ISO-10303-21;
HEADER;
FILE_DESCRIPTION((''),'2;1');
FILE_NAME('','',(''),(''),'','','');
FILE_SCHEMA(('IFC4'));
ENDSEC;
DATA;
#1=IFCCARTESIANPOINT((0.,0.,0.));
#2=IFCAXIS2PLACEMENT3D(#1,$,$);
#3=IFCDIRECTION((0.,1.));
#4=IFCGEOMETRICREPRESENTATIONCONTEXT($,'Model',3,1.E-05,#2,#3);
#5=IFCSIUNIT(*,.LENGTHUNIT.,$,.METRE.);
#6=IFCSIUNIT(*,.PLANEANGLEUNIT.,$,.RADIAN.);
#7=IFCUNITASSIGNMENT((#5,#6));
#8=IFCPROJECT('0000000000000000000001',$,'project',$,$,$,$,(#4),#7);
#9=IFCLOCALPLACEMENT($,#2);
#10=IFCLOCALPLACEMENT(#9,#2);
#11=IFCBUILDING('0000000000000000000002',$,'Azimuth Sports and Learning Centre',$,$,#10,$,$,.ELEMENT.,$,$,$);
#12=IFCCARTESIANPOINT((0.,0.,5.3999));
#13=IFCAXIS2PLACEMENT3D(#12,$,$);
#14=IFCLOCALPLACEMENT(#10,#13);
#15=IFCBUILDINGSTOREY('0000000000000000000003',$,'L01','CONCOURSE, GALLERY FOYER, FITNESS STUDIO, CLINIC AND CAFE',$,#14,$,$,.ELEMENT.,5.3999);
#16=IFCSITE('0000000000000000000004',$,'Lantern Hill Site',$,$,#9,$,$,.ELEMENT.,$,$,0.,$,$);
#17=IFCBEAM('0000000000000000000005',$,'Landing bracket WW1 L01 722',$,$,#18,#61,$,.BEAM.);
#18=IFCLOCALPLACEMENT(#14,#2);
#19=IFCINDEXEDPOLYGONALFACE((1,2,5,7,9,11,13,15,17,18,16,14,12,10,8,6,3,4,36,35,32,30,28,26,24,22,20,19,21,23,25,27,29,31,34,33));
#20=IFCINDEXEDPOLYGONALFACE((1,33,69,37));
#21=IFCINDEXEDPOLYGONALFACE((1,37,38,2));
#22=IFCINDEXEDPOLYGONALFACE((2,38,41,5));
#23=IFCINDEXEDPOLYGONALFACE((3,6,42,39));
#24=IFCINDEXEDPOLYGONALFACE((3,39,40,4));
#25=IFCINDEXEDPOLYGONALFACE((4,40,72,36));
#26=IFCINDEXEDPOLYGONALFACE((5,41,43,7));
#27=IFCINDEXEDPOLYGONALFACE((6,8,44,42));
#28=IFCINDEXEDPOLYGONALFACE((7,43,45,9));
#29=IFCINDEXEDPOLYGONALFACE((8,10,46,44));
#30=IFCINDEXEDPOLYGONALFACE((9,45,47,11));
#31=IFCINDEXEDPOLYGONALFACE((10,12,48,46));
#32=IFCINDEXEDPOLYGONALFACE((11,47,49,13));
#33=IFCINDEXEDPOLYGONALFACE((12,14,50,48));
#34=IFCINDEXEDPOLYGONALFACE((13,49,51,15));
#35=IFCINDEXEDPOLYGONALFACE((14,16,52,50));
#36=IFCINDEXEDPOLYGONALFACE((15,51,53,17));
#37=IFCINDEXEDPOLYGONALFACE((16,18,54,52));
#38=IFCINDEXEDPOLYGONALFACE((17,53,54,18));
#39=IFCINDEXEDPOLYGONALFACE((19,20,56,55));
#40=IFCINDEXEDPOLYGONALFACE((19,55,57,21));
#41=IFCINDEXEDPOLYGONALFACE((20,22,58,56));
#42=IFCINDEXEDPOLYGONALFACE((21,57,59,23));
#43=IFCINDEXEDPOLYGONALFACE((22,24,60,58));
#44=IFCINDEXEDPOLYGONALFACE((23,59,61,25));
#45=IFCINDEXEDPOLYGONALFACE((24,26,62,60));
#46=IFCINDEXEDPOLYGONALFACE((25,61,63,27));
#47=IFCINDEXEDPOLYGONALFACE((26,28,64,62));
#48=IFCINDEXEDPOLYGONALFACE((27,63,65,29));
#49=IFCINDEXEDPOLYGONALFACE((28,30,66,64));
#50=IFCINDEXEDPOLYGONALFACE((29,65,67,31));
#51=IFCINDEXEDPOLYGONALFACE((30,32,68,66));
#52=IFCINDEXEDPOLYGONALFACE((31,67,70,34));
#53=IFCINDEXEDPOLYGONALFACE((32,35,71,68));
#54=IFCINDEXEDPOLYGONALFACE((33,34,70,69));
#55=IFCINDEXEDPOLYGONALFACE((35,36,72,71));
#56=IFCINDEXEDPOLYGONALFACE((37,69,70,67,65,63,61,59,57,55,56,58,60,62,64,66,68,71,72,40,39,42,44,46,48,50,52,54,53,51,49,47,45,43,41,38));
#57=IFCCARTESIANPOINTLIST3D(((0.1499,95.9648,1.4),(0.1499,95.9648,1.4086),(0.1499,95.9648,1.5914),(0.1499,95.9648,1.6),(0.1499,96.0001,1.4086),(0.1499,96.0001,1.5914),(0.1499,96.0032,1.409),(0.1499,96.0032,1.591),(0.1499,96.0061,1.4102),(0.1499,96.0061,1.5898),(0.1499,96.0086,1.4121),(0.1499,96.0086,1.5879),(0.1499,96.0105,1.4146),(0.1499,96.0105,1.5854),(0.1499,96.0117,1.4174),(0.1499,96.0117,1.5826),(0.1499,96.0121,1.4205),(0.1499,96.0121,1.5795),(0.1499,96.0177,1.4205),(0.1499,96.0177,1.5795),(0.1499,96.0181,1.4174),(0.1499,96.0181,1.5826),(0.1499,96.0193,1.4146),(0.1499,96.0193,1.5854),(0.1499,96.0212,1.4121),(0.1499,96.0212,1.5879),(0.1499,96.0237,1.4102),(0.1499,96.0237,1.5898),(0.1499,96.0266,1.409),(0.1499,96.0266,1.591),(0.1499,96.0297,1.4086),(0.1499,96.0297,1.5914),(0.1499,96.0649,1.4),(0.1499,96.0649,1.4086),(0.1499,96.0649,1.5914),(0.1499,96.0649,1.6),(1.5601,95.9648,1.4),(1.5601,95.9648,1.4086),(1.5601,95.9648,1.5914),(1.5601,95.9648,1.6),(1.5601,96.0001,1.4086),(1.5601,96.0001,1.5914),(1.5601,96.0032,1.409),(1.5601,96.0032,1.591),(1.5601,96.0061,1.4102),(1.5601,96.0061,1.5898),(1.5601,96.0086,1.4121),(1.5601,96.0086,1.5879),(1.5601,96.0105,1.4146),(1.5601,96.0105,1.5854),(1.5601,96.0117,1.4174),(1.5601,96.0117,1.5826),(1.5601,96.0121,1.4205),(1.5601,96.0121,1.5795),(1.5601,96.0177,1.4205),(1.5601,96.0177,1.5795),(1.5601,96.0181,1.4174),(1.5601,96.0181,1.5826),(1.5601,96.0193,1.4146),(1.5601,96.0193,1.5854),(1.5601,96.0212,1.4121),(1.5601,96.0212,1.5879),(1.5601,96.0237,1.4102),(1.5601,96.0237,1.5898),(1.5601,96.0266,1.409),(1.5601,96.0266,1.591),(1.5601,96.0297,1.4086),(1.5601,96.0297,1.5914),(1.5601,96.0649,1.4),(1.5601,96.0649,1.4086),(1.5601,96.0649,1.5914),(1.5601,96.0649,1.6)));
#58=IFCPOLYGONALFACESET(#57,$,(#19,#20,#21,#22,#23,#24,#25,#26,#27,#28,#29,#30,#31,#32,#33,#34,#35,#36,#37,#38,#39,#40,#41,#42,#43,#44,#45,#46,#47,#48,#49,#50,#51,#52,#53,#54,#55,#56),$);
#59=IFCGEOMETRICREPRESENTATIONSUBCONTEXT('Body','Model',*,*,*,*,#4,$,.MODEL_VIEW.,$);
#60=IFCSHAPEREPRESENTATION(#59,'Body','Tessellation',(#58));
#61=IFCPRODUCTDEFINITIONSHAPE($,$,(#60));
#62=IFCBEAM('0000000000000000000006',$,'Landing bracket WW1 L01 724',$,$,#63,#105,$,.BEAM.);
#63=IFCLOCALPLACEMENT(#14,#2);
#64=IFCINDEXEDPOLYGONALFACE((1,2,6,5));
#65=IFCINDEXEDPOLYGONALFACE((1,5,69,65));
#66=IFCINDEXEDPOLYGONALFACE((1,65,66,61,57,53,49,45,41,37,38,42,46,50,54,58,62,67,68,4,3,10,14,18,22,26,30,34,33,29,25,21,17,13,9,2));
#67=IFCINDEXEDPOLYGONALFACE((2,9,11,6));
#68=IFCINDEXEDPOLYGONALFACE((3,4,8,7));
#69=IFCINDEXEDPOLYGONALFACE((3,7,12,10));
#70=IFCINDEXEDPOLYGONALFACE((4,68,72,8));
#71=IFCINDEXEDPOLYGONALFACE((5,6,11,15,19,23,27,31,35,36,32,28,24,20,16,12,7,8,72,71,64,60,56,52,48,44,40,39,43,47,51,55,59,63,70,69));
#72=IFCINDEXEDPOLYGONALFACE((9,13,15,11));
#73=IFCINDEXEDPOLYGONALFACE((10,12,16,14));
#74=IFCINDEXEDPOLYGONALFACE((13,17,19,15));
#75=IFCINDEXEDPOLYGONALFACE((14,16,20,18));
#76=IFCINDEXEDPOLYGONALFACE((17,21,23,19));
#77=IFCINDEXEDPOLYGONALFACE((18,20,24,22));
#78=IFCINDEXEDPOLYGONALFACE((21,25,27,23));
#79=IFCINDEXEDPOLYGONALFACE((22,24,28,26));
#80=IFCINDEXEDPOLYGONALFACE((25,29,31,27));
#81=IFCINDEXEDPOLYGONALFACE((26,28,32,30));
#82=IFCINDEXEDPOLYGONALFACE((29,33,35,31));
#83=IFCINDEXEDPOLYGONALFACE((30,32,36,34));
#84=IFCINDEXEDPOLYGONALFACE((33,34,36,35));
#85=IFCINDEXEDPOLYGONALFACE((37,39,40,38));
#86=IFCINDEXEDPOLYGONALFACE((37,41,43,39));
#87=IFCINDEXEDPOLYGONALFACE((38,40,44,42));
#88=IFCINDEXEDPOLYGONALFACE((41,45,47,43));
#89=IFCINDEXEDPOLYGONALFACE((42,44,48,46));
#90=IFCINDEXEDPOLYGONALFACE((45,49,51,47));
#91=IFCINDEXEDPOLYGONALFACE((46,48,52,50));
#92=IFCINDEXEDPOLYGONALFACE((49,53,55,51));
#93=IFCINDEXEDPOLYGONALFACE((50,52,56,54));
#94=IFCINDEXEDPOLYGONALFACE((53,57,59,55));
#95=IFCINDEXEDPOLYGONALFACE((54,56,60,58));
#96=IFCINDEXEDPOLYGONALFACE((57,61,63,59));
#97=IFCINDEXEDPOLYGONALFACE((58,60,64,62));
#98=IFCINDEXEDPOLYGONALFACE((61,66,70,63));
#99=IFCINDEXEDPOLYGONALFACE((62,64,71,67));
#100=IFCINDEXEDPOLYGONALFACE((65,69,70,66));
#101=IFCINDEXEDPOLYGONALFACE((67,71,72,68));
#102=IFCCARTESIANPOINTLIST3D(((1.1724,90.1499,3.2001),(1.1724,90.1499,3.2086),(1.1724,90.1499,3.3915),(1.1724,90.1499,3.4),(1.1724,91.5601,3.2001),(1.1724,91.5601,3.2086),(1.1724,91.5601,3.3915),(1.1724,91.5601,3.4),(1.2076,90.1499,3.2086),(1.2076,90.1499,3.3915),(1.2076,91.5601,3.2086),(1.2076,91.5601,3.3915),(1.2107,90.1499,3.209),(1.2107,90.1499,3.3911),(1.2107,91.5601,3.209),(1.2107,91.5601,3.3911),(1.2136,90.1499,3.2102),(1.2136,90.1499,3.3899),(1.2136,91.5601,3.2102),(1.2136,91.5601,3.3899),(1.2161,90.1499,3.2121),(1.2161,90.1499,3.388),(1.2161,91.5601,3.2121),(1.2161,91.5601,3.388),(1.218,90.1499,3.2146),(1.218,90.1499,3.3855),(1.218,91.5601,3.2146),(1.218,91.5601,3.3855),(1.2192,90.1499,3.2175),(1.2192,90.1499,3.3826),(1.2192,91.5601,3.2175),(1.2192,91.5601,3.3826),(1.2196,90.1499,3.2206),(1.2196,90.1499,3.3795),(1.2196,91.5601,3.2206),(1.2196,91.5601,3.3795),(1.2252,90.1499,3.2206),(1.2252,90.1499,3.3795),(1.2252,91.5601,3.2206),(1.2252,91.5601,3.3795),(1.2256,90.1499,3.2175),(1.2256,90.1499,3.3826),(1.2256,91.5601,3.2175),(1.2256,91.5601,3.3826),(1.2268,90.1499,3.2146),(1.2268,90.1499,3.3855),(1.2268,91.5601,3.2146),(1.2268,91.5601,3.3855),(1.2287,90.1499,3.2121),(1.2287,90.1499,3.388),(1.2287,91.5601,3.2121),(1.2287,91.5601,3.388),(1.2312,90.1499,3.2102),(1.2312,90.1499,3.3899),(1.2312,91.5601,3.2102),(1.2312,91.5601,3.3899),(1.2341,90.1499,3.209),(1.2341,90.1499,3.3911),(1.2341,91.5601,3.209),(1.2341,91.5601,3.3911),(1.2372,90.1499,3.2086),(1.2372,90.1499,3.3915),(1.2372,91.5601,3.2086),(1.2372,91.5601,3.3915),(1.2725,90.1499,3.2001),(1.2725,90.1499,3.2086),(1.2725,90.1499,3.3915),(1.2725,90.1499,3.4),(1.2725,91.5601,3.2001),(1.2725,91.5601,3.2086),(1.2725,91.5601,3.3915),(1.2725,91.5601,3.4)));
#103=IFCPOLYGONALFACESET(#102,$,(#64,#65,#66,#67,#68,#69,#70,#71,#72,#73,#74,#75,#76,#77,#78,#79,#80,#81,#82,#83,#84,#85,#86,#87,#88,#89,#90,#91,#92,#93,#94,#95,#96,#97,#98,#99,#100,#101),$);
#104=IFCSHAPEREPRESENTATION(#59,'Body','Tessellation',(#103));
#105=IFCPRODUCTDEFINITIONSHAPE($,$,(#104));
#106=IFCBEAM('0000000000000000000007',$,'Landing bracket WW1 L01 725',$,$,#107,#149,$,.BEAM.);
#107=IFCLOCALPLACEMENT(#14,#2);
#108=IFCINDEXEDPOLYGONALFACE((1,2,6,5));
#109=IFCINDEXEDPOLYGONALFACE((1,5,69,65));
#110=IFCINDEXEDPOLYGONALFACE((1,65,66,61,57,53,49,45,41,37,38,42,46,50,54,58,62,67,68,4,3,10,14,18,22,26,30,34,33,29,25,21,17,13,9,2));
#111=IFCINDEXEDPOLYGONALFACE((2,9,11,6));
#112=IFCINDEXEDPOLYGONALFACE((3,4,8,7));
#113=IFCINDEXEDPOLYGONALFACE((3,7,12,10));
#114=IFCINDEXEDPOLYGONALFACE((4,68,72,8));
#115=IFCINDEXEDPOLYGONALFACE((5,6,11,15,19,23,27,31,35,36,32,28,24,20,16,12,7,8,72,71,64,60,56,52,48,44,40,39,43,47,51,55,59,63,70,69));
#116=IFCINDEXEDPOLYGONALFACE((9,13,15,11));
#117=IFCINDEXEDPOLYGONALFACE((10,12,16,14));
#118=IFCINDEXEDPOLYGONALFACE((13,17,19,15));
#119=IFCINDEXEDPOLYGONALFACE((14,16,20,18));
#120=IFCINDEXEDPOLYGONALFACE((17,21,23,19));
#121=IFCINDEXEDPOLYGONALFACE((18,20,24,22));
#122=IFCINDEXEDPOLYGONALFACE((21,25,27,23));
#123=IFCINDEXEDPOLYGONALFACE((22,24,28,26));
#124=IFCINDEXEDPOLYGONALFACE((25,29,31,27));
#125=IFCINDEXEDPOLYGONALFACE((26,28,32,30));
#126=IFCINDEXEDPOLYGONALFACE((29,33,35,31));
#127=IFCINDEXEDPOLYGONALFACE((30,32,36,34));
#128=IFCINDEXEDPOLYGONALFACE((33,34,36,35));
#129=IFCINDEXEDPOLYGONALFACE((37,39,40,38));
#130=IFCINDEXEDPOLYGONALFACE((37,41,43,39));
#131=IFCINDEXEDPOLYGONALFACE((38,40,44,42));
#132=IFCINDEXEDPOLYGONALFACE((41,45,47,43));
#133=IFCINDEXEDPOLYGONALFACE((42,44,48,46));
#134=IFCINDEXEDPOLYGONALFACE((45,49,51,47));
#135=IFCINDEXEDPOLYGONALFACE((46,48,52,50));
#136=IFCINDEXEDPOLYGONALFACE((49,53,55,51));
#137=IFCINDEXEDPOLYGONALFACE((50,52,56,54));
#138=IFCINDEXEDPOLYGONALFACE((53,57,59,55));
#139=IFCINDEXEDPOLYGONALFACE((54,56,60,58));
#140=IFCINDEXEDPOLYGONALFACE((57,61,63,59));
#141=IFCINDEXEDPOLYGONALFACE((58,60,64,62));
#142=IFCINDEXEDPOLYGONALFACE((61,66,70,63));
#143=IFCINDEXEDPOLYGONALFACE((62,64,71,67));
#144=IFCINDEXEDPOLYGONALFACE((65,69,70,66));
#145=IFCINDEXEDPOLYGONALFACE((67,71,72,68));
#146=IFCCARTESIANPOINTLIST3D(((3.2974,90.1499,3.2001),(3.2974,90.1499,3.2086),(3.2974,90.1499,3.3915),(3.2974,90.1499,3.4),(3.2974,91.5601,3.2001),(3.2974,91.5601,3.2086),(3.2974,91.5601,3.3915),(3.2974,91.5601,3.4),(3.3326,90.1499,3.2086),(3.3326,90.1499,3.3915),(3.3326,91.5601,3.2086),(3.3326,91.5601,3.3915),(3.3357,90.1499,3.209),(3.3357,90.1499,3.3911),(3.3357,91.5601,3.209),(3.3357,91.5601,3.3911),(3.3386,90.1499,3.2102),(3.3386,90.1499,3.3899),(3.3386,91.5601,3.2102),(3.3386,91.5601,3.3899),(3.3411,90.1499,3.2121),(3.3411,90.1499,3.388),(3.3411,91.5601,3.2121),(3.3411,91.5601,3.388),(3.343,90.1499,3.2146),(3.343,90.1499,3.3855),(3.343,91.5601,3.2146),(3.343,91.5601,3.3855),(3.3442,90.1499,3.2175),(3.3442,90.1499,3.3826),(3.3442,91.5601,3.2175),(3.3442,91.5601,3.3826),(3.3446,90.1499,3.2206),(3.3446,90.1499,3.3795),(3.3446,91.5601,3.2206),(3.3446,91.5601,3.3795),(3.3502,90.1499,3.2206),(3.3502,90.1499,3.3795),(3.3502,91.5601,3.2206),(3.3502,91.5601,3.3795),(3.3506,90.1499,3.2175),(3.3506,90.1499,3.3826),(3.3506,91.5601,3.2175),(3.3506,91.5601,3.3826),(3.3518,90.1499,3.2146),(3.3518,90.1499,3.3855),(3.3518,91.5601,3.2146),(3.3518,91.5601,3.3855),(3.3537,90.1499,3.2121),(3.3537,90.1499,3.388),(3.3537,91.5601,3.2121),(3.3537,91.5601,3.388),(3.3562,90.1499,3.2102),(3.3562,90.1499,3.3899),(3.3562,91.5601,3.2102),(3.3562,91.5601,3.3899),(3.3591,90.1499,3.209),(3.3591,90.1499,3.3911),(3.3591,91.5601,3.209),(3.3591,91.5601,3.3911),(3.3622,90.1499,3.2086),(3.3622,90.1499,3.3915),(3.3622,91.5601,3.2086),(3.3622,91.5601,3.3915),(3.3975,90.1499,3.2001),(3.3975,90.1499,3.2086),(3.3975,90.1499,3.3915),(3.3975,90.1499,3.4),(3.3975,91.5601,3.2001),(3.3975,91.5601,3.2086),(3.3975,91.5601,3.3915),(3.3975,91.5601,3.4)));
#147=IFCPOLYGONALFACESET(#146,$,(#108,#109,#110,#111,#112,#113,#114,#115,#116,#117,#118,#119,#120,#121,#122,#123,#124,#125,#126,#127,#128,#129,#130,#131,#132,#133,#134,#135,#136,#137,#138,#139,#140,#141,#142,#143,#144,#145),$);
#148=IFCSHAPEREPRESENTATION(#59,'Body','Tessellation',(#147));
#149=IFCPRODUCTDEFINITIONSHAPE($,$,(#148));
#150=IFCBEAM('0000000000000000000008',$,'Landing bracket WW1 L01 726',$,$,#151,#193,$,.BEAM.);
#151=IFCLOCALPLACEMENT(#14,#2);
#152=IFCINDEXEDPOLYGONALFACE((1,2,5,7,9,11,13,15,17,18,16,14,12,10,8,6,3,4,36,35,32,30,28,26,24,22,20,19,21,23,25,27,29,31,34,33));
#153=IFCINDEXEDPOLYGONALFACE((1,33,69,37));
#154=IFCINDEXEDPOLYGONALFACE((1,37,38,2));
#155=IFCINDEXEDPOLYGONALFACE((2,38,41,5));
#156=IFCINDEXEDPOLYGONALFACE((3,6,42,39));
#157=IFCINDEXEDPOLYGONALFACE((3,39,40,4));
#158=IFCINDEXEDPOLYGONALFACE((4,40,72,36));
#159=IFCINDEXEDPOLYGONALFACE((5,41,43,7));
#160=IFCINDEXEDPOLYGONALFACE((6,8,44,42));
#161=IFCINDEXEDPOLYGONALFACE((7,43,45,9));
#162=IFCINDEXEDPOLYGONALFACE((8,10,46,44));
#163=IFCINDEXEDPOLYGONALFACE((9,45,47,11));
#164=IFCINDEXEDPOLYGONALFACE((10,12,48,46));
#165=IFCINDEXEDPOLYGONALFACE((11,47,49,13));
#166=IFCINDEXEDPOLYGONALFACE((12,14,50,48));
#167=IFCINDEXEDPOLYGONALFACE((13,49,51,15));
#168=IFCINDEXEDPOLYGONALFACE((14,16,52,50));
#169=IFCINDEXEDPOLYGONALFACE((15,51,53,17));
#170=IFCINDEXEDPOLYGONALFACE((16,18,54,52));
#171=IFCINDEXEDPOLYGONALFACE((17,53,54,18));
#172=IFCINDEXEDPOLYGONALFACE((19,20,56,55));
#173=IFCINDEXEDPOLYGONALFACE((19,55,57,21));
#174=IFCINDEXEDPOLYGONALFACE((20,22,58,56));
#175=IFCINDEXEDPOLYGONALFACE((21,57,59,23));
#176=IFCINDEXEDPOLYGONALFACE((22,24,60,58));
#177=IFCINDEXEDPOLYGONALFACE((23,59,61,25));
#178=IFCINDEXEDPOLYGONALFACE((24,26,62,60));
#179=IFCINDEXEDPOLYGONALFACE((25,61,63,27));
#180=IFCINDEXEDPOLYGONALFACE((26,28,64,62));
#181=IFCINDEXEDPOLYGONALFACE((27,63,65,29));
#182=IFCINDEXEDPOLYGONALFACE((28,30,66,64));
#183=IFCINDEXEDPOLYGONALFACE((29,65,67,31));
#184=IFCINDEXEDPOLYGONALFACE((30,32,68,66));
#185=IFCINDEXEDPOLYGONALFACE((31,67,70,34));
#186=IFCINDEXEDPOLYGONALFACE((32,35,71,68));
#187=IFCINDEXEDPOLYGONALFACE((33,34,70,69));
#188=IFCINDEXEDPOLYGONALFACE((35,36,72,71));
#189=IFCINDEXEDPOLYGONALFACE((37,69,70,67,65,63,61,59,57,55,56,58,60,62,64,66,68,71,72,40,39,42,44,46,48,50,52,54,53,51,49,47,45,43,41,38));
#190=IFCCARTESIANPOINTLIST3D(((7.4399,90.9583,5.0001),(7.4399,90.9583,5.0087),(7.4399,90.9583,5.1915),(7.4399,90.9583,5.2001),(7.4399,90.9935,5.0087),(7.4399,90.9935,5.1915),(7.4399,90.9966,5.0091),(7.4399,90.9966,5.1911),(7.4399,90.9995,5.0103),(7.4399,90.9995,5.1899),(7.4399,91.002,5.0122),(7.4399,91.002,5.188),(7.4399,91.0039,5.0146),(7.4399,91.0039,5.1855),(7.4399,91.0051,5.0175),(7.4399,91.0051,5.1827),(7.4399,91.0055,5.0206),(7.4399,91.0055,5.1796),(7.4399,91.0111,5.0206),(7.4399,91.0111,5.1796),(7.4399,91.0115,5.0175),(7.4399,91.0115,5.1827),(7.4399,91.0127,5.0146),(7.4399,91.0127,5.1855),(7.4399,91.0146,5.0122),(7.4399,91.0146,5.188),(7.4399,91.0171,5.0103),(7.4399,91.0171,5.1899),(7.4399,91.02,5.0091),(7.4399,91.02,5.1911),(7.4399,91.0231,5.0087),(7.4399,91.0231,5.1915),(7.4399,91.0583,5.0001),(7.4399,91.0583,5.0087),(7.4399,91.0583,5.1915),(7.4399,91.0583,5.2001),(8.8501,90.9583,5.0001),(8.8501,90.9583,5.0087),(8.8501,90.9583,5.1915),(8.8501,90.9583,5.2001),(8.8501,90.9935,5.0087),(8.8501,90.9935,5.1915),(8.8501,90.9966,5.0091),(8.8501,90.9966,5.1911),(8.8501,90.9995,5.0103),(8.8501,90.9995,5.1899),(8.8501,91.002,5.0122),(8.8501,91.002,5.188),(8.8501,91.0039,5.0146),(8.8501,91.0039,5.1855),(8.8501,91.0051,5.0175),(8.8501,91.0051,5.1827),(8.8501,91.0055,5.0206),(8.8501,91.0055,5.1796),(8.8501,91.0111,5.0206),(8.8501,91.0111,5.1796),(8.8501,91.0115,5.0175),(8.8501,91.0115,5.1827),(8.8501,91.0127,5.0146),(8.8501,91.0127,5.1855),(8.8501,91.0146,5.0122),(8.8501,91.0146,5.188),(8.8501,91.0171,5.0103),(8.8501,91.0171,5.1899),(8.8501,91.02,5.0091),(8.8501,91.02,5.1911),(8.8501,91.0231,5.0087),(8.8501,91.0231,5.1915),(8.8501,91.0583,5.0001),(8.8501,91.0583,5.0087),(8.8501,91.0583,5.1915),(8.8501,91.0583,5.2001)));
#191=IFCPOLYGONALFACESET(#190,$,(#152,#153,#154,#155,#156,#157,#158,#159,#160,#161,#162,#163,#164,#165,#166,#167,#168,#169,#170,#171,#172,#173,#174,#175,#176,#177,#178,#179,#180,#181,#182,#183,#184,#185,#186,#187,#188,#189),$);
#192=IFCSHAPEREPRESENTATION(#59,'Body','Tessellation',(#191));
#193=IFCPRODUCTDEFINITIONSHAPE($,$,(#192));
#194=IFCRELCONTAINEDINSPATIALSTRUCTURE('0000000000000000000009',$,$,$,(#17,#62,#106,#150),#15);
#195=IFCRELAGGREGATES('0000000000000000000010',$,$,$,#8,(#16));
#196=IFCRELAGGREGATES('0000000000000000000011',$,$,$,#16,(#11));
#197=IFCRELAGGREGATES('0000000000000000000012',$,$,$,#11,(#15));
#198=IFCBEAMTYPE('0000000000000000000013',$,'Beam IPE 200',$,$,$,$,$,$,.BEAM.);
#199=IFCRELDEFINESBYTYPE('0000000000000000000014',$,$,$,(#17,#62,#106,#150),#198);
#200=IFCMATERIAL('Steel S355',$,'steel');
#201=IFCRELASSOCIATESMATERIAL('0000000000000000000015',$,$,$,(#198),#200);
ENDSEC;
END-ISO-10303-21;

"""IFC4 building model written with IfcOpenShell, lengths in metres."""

from ifc_helpers import new_model, si_unit, direction, frame, origin, origin_2d, place, context, subcontext, project, spatial, i_section, extrude, material, material_profile, profile_set, type_object, element, save


model = new_model("IFC4")

# Units and contexts
model_context = context("Model", 3, precision=1e-05, world=origin(), true_north=direction((0.0, 1.0)))
body_context = subcontext(model_context, "Body", "Model", "MODEL_VIEW")
ifc_project = project(units=[si_unit("LENGTHUNIT", "METRE"), si_unit("PLANEANGLEUNIT", "RADIAN")], contexts=[model_context])

# Site, building, storey
site_placement = place(None, origin())
site = spatial("IfcSite", under=ifc_project, at=site_placement, Name="Lantern Hill Site", CompositionType="ELEMENT", RefElevation=0.0)
building_placement = place(site_placement, origin())
building = spatial("IfcBuilding", under=site, at=building_placement, Name="Azimuth Sports and Learning Centre", CompositionType="ELEMENT")
storey_placement = place(building_placement, frame((0.0, 0.0, 5.3999)))
storey = spatial("IfcBuildingStorey", under=building, at=storey_placement, Name="L01", Description="CONCOURSE, GALLERY FOYER, FITNESS STUDIO, CLINIC AND CAFE", CompositionType="ELEMENT", Elevation=5.3999)

# Beams
ifc_material_1 = material(Name="Steel S355", Category="steel")
ifc_material_profile_1 = material_profile(ifc_material_1, i_section(OverallWidth=0.1001, OverallDepth=0.2, WebThickness=0.0056, FlangeThickness=0.0085, FilletRadius=0.012, at=origin_2d()), Name="IPE 200")
ifc_profile_set_1 = profile_set([ifc_material_profile_1], Name="Steel S355")
beam_type_1 = type_object("IfcBeamType", Name="Beam IPE 200", PredefinedType="BEAM", material=ifc_profile_set_1)
for number, where, z_axis, x_axis, name in (
    (1, (0.1499, 96.0149, 1.5), (1.0, 0.0, 0.0), (0.0, 1.0, 0.0), "Landing bracket WW1 L01 722"),
    (2, (1.2224, 90.1499, 3.3), (0.0, 1.0, 0.0), (-1.0, 0.0, 0.0), "Landing bracket WW1 L01 724"),
    (3, (3.3474, 90.1499, 3.3), (0.0, 1.0, 0.0), (-1.0, 0.0, 0.0), "Landing bracket WW1 L01 725"),
    (4, (8.8501, 91.0083, 5.1001), (-1.0, 0.0, 0.0), (0.0, -1.0, 0.0), "Landing bracket WW1 L01 726"),
):
    element("IfcBeam", number, at=place(storey_placement, frame(where, z_axis=z_axis, x_axis=x_axis)), inside=storey, type_object=beam_type_1, Name=name, PredefinedType="BEAM", context=body_context, shape_type="SweptSolid", body=[
        extrude(i_section(OverallWidth=0.1001, OverallDepth=0.2, WebThickness=0.0056, FlangeThickness=0.0085, FilletRadius=0.012, at=origin_2d()), origin(), (0.0, 0.0, 1.0), 1.4102),
    ])

save(model, "model.ifc")
